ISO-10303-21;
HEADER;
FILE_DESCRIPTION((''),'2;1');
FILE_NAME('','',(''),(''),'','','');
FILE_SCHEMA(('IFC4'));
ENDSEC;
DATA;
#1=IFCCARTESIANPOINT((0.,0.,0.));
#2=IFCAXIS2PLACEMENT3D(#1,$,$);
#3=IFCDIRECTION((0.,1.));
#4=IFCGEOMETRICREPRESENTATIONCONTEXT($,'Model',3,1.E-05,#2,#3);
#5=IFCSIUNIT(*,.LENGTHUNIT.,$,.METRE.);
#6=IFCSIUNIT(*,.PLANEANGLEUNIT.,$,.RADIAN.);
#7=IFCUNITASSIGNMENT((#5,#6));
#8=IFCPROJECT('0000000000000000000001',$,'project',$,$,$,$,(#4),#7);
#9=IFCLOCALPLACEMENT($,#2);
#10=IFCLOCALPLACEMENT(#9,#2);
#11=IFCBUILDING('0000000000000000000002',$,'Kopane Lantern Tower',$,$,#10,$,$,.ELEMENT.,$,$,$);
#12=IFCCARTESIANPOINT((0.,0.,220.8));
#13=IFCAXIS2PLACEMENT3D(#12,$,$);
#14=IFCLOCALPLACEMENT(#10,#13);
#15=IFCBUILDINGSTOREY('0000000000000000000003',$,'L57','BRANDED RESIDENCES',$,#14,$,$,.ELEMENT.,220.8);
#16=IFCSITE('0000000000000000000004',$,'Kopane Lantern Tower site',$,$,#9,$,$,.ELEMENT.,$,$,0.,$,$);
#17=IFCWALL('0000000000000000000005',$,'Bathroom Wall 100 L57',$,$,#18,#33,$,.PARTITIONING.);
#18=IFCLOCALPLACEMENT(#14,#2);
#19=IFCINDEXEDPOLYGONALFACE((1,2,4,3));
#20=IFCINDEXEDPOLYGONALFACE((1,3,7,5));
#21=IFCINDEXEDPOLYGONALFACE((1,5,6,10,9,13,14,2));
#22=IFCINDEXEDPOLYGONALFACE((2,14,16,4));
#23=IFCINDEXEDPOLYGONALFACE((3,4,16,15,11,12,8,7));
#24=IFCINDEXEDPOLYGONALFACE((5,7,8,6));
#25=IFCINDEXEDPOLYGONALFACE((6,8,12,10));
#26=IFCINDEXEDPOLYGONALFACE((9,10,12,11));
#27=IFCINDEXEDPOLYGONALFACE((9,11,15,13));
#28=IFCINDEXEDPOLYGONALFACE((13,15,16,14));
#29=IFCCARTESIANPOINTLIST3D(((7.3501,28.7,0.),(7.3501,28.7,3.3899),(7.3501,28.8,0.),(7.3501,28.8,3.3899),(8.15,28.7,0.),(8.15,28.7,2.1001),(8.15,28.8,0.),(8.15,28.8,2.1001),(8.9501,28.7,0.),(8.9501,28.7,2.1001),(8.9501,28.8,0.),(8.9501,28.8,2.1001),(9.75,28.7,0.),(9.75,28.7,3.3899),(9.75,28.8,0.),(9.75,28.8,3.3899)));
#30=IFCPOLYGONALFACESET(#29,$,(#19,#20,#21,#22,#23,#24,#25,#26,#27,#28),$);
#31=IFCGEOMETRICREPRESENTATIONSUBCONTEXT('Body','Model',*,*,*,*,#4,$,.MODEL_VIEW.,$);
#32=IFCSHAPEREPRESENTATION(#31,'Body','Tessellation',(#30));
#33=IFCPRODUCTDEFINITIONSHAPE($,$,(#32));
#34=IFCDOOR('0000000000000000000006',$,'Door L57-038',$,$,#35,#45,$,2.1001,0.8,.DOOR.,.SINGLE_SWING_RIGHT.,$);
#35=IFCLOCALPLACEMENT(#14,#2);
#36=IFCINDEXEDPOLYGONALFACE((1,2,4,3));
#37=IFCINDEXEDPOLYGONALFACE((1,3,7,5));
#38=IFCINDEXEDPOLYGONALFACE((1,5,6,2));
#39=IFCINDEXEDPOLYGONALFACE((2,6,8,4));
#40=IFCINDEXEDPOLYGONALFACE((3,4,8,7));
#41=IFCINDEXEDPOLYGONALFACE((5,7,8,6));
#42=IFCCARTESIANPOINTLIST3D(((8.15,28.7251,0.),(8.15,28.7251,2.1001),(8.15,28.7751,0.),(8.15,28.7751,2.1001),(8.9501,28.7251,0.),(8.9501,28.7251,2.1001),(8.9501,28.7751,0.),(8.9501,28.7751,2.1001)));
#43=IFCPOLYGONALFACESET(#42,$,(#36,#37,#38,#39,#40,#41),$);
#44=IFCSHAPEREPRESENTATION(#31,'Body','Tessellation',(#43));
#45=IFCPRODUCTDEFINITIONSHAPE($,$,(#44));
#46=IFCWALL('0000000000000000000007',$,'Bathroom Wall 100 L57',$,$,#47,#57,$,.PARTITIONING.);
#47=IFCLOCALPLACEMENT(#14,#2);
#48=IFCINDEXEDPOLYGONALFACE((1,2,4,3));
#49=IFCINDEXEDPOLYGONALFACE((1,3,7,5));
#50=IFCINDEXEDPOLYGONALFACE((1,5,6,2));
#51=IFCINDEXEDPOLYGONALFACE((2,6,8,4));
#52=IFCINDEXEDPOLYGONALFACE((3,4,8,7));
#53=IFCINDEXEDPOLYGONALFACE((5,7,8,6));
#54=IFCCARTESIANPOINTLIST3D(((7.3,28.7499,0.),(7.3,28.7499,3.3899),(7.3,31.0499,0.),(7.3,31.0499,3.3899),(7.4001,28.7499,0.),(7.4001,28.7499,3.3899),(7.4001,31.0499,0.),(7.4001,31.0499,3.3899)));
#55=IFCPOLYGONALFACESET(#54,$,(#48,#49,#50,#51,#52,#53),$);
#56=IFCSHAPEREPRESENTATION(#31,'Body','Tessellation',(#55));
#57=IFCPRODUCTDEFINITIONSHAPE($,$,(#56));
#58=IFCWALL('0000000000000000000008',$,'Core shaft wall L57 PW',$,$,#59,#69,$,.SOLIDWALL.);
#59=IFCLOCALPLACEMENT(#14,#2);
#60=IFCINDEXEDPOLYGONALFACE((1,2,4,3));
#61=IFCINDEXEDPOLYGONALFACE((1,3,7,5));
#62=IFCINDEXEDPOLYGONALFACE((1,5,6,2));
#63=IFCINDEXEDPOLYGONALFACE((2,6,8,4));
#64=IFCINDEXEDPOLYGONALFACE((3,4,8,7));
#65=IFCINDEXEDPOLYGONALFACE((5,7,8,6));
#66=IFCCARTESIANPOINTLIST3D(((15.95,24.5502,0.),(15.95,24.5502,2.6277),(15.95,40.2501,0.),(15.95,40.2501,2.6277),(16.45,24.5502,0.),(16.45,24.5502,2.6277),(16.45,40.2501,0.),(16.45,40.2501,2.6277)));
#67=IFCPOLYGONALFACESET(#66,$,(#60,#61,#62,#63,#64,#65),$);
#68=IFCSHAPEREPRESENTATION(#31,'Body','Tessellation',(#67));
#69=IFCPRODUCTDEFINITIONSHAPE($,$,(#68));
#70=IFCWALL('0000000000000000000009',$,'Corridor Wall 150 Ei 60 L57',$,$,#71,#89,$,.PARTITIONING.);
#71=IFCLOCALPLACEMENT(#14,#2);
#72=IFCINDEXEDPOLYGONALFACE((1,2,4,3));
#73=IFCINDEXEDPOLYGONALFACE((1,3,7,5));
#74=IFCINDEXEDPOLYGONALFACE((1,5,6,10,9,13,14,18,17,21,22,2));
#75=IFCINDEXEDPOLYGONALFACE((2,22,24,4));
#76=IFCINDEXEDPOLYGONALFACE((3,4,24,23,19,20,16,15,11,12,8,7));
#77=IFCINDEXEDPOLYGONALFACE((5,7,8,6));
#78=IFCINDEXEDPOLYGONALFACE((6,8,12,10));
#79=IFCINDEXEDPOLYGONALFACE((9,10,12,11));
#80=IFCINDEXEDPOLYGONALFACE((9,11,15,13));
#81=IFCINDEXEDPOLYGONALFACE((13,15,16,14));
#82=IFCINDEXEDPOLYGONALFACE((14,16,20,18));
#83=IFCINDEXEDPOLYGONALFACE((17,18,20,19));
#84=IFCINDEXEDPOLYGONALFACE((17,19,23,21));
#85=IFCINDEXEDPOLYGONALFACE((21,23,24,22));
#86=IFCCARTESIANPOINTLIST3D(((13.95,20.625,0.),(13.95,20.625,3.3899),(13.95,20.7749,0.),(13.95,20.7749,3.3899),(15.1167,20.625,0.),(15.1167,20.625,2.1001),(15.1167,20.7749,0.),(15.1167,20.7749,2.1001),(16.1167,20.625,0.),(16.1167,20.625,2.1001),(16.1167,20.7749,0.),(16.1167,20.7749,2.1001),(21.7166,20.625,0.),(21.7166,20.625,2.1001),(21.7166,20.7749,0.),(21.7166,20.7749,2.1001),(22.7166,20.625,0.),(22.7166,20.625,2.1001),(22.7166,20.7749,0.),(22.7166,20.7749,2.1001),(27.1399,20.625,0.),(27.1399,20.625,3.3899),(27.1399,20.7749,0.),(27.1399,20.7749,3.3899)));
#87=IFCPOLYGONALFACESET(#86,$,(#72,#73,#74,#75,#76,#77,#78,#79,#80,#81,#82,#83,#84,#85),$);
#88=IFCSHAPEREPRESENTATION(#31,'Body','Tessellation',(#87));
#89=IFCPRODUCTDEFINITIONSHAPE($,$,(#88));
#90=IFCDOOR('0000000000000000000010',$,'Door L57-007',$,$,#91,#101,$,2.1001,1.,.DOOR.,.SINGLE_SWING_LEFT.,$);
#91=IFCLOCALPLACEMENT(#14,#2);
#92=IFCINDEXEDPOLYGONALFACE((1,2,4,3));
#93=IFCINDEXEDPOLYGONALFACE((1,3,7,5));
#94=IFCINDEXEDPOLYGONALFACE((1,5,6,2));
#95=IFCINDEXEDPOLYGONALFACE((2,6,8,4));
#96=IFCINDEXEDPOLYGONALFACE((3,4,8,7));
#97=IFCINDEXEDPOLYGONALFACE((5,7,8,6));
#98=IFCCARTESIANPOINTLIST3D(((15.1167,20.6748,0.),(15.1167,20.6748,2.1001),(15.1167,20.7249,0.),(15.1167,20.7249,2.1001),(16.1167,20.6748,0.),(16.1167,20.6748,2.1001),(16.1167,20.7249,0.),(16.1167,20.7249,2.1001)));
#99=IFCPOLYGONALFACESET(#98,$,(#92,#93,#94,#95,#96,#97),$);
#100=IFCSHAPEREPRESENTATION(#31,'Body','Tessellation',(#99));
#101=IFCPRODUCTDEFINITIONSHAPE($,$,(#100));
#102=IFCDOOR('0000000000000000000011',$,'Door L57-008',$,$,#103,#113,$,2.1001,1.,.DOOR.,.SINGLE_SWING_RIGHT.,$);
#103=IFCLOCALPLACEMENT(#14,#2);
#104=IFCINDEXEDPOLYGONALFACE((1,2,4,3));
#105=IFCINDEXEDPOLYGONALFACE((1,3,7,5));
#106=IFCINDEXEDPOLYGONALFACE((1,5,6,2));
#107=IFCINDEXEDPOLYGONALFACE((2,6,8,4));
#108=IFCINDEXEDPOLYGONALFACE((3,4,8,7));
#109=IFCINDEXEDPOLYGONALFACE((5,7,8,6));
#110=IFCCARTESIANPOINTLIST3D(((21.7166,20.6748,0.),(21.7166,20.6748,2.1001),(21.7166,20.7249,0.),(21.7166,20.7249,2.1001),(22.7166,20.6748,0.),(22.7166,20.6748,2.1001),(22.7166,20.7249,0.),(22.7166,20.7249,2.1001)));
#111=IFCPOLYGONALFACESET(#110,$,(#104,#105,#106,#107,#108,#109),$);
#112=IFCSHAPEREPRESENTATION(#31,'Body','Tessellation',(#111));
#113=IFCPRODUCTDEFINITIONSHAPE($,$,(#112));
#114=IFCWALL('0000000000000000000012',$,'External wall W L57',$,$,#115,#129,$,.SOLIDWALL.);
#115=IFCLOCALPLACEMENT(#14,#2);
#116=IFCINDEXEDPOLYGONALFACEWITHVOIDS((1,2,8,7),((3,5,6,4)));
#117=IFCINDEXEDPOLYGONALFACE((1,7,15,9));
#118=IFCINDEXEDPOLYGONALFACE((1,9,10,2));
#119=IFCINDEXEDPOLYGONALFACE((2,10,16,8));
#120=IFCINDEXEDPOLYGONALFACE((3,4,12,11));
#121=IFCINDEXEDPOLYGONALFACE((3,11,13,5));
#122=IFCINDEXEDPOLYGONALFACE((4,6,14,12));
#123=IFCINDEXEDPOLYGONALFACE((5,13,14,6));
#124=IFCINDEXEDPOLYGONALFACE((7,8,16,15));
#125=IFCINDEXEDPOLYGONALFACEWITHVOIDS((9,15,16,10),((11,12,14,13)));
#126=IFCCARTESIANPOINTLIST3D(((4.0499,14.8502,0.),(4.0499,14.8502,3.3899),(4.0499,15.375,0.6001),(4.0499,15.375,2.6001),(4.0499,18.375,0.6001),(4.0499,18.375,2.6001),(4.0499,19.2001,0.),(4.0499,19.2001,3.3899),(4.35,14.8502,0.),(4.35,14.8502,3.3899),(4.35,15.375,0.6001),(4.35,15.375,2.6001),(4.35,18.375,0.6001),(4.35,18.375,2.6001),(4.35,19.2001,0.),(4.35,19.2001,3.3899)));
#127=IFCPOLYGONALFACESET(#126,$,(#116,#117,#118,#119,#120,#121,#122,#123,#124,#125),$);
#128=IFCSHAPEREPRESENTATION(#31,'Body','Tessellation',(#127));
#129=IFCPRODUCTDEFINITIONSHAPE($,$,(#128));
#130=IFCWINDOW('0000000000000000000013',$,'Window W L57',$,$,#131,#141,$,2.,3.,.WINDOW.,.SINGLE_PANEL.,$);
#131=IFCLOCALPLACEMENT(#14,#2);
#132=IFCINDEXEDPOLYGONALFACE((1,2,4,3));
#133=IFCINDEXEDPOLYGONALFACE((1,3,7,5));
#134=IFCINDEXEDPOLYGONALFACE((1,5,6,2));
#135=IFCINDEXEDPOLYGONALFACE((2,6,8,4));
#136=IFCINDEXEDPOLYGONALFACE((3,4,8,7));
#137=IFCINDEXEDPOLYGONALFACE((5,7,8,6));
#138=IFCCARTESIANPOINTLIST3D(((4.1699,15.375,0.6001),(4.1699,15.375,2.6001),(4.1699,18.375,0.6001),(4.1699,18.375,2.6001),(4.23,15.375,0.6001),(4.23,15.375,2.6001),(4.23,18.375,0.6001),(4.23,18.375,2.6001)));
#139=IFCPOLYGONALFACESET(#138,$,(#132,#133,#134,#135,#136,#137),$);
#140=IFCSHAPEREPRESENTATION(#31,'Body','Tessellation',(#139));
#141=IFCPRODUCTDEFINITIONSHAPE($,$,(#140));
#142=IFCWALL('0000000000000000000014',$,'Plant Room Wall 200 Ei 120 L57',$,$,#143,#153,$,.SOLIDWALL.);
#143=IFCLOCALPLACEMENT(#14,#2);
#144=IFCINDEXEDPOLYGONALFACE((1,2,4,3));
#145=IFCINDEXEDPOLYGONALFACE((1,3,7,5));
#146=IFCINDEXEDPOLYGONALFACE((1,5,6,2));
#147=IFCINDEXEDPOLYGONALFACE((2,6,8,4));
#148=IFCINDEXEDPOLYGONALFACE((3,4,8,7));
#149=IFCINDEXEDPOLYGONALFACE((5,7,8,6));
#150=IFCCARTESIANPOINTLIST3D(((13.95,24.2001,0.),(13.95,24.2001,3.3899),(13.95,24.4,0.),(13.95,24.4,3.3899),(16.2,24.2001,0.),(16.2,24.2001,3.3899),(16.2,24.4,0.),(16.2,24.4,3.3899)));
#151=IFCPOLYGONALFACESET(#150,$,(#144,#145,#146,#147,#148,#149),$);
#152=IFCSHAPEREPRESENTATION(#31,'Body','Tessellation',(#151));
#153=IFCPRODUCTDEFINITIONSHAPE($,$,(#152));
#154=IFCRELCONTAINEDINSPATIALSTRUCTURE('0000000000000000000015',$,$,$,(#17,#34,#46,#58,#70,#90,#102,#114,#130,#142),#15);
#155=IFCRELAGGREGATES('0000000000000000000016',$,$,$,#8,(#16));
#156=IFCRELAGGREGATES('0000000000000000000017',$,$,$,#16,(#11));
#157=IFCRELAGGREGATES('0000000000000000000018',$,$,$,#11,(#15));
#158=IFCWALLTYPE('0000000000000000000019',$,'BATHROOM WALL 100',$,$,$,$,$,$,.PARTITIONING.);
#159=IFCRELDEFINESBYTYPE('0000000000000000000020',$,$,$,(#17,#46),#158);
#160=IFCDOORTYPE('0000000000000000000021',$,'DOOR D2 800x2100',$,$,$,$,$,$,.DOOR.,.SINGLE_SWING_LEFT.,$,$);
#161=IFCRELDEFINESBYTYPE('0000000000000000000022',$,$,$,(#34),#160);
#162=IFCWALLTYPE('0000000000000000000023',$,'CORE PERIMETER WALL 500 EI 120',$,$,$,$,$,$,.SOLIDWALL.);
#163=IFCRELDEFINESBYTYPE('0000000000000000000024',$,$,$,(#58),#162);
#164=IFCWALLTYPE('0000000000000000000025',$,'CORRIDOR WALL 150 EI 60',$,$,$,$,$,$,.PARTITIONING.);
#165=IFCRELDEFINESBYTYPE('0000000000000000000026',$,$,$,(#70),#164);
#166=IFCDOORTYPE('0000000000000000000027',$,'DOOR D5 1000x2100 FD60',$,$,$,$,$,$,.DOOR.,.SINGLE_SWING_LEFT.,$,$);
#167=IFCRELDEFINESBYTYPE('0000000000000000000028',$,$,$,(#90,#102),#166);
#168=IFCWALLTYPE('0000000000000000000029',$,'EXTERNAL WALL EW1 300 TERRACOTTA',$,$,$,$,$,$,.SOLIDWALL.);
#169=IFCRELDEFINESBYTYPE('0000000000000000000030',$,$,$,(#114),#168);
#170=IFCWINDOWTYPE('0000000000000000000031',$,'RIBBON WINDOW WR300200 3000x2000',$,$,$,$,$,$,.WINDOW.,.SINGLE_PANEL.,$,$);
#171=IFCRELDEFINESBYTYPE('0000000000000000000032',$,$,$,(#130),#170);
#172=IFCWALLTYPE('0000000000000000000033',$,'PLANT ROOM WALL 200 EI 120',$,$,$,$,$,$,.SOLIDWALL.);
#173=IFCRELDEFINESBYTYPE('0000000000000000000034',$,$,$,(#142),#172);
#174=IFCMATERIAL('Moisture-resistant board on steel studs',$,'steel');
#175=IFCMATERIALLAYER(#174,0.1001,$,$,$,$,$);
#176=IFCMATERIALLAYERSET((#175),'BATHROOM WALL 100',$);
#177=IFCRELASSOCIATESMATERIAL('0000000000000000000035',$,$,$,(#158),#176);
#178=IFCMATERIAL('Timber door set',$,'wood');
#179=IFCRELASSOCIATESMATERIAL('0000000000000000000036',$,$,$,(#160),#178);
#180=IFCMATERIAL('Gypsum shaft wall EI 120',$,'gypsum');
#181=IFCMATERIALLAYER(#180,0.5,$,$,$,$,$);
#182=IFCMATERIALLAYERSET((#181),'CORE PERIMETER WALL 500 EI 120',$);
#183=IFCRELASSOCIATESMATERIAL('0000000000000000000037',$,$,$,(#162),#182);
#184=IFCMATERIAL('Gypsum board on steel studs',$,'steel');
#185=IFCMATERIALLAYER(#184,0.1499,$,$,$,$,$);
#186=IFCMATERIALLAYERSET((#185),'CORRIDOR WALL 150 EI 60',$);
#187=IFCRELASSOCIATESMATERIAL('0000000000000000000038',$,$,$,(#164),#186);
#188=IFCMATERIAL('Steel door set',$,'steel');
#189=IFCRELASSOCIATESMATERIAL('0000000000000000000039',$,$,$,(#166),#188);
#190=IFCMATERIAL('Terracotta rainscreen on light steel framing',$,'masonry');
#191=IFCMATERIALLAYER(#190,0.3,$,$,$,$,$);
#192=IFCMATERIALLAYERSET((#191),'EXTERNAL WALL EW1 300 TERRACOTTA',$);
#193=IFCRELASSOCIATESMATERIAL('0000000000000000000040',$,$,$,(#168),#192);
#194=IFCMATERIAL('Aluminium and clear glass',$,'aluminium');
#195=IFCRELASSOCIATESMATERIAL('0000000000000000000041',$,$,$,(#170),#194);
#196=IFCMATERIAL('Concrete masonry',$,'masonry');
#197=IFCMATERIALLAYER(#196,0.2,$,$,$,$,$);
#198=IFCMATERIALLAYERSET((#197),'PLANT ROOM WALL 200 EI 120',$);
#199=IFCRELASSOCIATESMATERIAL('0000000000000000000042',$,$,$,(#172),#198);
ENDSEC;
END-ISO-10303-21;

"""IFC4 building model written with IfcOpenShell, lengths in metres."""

from ifc_helpers import new_model, si_unit, direction, frame, frame_2d, origin, place, context, subcontext, project, spatial, rectangle, extrude, material, layer, layer_set, type_object, element, fill, save


model = new_model("IFC4")

# Units and contexts
model_context = context("Model", 3, precision=1e-05, world=origin(), true_north=direction((0.0, 1.0)))
body_context = subcontext(model_context, "Body", "Model", "MODEL_VIEW")
ifc_project = project(units=[si_unit("LENGTHUNIT", "METRE"), si_unit("PLANEANGLEUNIT", "RADIAN")], contexts=[model_context])

# Site, building, storey
site_placement = place(None, origin())
site = spatial("IfcSite", under=ifc_project, at=site_placement, Name="Kopane Lantern Tower site", CompositionType="ELEMENT", RefElevation=0.0)
building_placement = place(site_placement, origin())
building = spatial("IfcBuilding", under=site, at=building_placement, Name="Kopane Lantern Tower", CompositionType="ELEMENT")
storey_placement = place(building_placement, frame((0.0, 0.0, 220.8)))
storey = spatial("IfcBuildingStorey", under=building, at=storey_placement, Name="L57", Description="BRANDED RESIDENCES", CompositionType="ELEMENT", Elevation=220.8)

# Wall, opening, door
ifc_material_1 = material(Name="Moisture-resistant board on steel studs", Category="steel")
ifc_layer_1 = layer(ifc_material_1, 0.1001)
ifc_layer_set_1 = layer_set([ifc_layer_1], Name="BATHROOM WALL 100")
wall_type_1 = type_object("IfcWallType", Name="BATHROOM WALL 100", PredefinedType="PARTITIONING", material=ifc_layer_set_1)
wall_1_placement = place(storey_placement, frame((9.75, 28.75, 0.0), z_axis=(0.0, 0.0, 1.0), x_axis=(-1.0, 0.0, 0.0)))
wall_1 = element("IfcWall", 1, at=wall_1_placement, inside=storey, type_object=wall_type_1, Name="Bathroom Wall 100 L57", PredefinedType="PARTITIONING", context=body_context, shape_type="SweptSolid", body=[
    extrude(rectangle(XDim=2.3999, YDim=0.1001, at=frame_2d((1.2, 0.0))), origin(), (0.0, 0.0, 1.0), 3.3899),
])
opening_1_placement = place(wall_1_placement, frame((0.8, 0.0, 0.0)))
opening_1 = element("IfcOpeningElement", 2, at=opening_1_placement, cuts=wall_1, PredefinedType="OPENING", context=body_context, shape_type="SweptSolid", body=[
    extrude(rectangle(XDim=0.8, YDim=2.1001, at=frame_2d((0.3999, 1.05))), frame((0.0, 0.0601, 0.0), z_axis=(0.0, -1.0, 0.0), x_axis=(1.0, 0.0, 0.0)), (0.0, 0.0, 1.0), 0.1201),
])
ifc_material_2 = material(Name="Timber door set", Category="wood")
door_type_1 = type_object("IfcDoorType", Name="DOOR D2 800x2100", OperationType="SINGLE_SWING_LEFT", PredefinedType="DOOR", material=ifc_material_2)
door_1_placement = place(opening_1_placement, origin())
door_1 = element("IfcDoor", 3, at=door_1_placement, inside=storey, type_object=door_type_1, Name="Door L57-038", OperationType="SINGLE_SWING_RIGHT", OverallHeight=2.1001, OverallWidth=0.8, PredefinedType="DOOR", context=body_context, shape_type="SweptSolid", body=[
    extrude(rectangle(XDim=0.8, YDim=2.1001, at=frame_2d((0.3999, 1.05))), frame((0.0, 0.0249, 0.0), z_axis=(0.0, -1.0, 0.0), x_axis=(1.0, 0.0, 0.0)), (0.0, 0.0, 1.0), 0.05),
])
fill(opening_1, door_1)

# Wall
wall_2_placement = place(storey_placement, frame((7.3501, 28.75, 0.0), z_axis=(0.0, 0.0, 1.0), x_axis=(0.0, 1.0, 0.0)))
element("IfcWall", 4, at=wall_2_placement, inside=storey, type_object=wall_type_1, Name="Bathroom Wall 100 L57", PredefinedType="PARTITIONING", context=body_context, shape_type="SweptSolid", body=[
    extrude(rectangle(XDim=2.3, YDim=0.1001, at=frame_2d((1.1499, 0.0))), origin(), (0.0, 0.0, 1.0), 3.3899),
])

# Shared definitions
ifc_material_3 = material(Name="Gypsum shaft wall EI 120", Category="gypsum")
ifc_layer_2 = layer(ifc_material_3, 0.5)
ifc_layer_set_2 = layer_set([ifc_layer_2], Name="CORE PERIMETER WALL 500 EI 120")
wall_type_2 = type_object("IfcWallType", Name="CORE PERIMETER WALL 500 EI 120", PredefinedType="SOLIDWALL", material=ifc_layer_set_2)

# Wall
wall_3_placement = place(storey_placement, frame((16.2, 24.55, 0.0), z_axis=(0.0, 0.0, 1.0), x_axis=(0.0, 1.0, 0.0)))
element("IfcWall", 5, at=wall_3_placement, inside=storey, type_object=wall_type_2, Name="Core shaft wall L57 PW", PredefinedType="SOLIDWALL", context=body_context, shape_type="SweptSolid", body=[
    extrude(rectangle(XDim=15.7, YDim=0.5, at=frame_2d((7.8501, 0.0))), origin(), (0.0, 0.0, 1.0), 2.6277),
])

# Wall, openings, doors
ifc_material_4 = material(Name="Gypsum board on steel studs", Category="steel")
ifc_layer_3 = layer(ifc_material_4, 0.1499)
ifc_layer_set_3 = layer_set([ifc_layer_3], Name="CORRIDOR WALL 150 EI 60")
wall_type_3 = type_object("IfcWallType", Name="CORRIDOR WALL 150 EI 60", PredefinedType="PARTITIONING", material=ifc_layer_set_3)
wall_4_placement = place(storey_placement, frame((13.95, 20.7, 0.0), z_axis=(0.0, 0.0, 1.0), x_axis=(1.0, 0.0, 0.0)))
wall_4 = element("IfcWall", 6, at=wall_4_placement, inside=storey, type_object=wall_type_3, Name="Corridor Wall 150 Ei 60 L57", PredefinedType="PARTITIONING", context=body_context, shape_type="SweptSolid", body=[
    extrude(rectangle(XDim=13.1899, YDim=0.1499, at=frame_2d((6.595, 0.0))), origin(), (0.0, 0.0, 1.0), 3.3899),
])
opening_2_placement = place(wall_4_placement, frame((1.1667, 0.0, 0.0)))
opening_2 = element("IfcOpeningElement", 7, at=opening_2_placement, cuts=wall_4, PredefinedType="OPENING", context=body_context, shape_type="SweptSolid", body=[
    extrude(rectangle(XDim=1.0, YDim=2.1001, at=frame_2d((0.5, 1.05))), frame((0.0, 0.085, 0.0), z_axis=(0.0, -1.0, 0.0), x_axis=(1.0, 0.0, 0.0)), (0.0, 0.0, 1.0), 0.1699),
])
opening_3_placement = place(wall_4_placement, frame((7.7666, 0.0, 0.0)))
opening_3 = element("IfcOpeningElement", 8, at=opening_3_placement, cuts=wall_4, PredefinedType="OPENING", context=body_context, shape_type="SweptSolid", body=[
    extrude(rectangle(XDim=1.0, YDim=2.1001, at=frame_2d((0.5, 1.05))), frame((0.0, 0.085, 0.0), z_axis=(0.0, -1.0, 0.0), x_axis=(1.0, 0.0, 0.0)), (0.0, 0.0, 1.0), 0.1699),
])
ifc_material_5 = material(Name="Steel door set", Category="steel")
door_type_2 = type_object("IfcDoorType", Name="DOOR D5 1000x2100 FD60", OperationType="SINGLE_SWING_LEFT", PredefinedType="DOOR", material=ifc_material_5)
door_2_placement = place(opening_2_placement, origin())
door_2 = element("IfcDoor", 9, at=door_2_placement, inside=storey, type_object=door_type_2, Name="Door L57-007", OperationType="SINGLE_SWING_LEFT", OverallHeight=2.1001, OverallWidth=1.0, PredefinedType="DOOR", context=body_context, shape_type="SweptSolid", body=[
    extrude(rectangle(XDim=1.0, YDim=2.1001, at=frame_2d((0.5, 1.05))), frame((0.0, 0.0249, 0.0), z_axis=(0.0, -1.0, 0.0), x_axis=(1.0, 0.0, 0.0)), (0.0, 0.0, 1.0), 0.05),
])
fill(opening_2, door_2)
door_3_placement = place(opening_3_placement, origin())
door_3 = element("IfcDoor", 10, at=door_3_placement, inside=storey, type_object=door_type_2, Name="Door L57-008", OperationType="SINGLE_SWING_RIGHT", OverallHeight=2.1001, OverallWidth=1.0, PredefinedType="DOOR", context=body_context, shape_type="SweptSolid", body=[
    extrude(rectangle(XDim=1.0, YDim=2.1001, at=frame_2d((0.5, 1.05))), frame((0.0, 0.0249, 0.0), z_axis=(0.0, -1.0, 0.0), x_axis=(1.0, 0.0, 0.0)), (0.0, 0.0, 1.0), 0.05),
])
fill(opening_3, door_3)

# Wall, opening, window
ifc_material_6 = material(Name="Terracotta rainscreen on light steel framing", Category="masonry")
ifc_layer_4 = layer(ifc_material_6, 0.3)
ifc_layer_set_4 = layer_set([ifc_layer_4], Name="EXTERNAL WALL EW1 300 TERRACOTTA")
wall_type_4 = type_object("IfcWallType", Name="EXTERNAL WALL EW1 300 TERRACOTTA", PredefinedType="SOLIDWALL", material=ifc_layer_set_4)
wall_5_placement = place(storey_placement, frame((4.2, 19.2, 0.0), z_axis=(0.0, 0.0, 1.0), x_axis=(0.0, -1.0, 0.0)))
wall_5 = element("IfcWall", 11, at=wall_5_placement, inside=storey, type_object=wall_type_4, Name="External wall W L57", PredefinedType="SOLIDWALL", context=body_context, shape_type="SweptSolid", body=[
    extrude(rectangle(XDim=4.3499, YDim=0.3, at=frame_2d((2.1748, 0.0))), origin(), (0.0, 0.0, 1.0), 3.3899),
])
opening_4_placement = place(wall_5_placement, frame((0.825, 0.0, 0.6001)))
opening_4 = element("IfcOpeningElement", 12, at=opening_4_placement, cuts=wall_5, PredefinedType="OPENING", context=body_context, shape_type="SweptSolid", body=[
    extrude(rectangle(XDim=3.0, YDim=2.0, at=frame_2d((1.5, 1.0))), frame((0.0, 0.1599, 0.0), z_axis=(0.0, -1.0, 0.0), x_axis=(1.0, 0.0, 0.0)), (0.0, 0.0, 1.0), 0.3201),
])
ifc_material_7 = material(Name="Aluminium and clear glass", Category="aluminium")
window_type = type_object("IfcWindowType", Name="RIBBON WINDOW WR300200 3000x2000", PartitioningType="SINGLE_PANEL", PredefinedType="WINDOW", material=ifc_material_7)
window_placement = place(opening_4_placement, origin())
window = element("IfcWindow", 13, at=window_placement, inside=storey, type_object=window_type, Name="Window W L57", OverallHeight=2.0, OverallWidth=3.0, PartitioningType="SINGLE_PANEL", PredefinedType="WINDOW", context=body_context, shape_type="SweptSolid", body=[
    extrude(rectangle(XDim=3.0, YDim=2.0, at=frame_2d((1.5, 1.0))), frame((0.0, 0.03, 0.0), z_axis=(0.0, -1.0, 0.0), x_axis=(1.0, 0.0, 0.0)), (0.0, 0.0, 1.0), 0.0601),
])
fill(opening_4, window)

# Wall
ifc_material_8 = material(Name="Concrete masonry", Category="masonry")
ifc_layer_5 = layer(ifc_material_8, 0.2)
ifc_layer_set_5 = layer_set([ifc_layer_5], Name="PLANT ROOM WALL 200 EI 120")
wall_type_5 = type_object("IfcWallType", Name="PLANT ROOM WALL 200 EI 120", PredefinedType="SOLIDWALL", material=ifc_layer_set_5)
wall_6_placement = place(storey_placement, frame((13.95, 24.3, 0.0), z_axis=(0.0, 0.0, 1.0), x_axis=(1.0, 0.0, 0.0)))
element("IfcWall", 14, at=wall_6_placement, inside=storey, type_object=wall_type_5, Name="Plant Room Wall 200 Ei 120 L57", PredefinedType="SOLIDWALL", context=body_context, shape_type="SweptSolid", body=[
    extrude(rectangle(XDim=2.25, YDim=0.2, at=frame_2d((1.125, 0.0))), origin(), (0.0, 0.0, 1.0), 3.3899),
])

save(model, "model.ifc")
